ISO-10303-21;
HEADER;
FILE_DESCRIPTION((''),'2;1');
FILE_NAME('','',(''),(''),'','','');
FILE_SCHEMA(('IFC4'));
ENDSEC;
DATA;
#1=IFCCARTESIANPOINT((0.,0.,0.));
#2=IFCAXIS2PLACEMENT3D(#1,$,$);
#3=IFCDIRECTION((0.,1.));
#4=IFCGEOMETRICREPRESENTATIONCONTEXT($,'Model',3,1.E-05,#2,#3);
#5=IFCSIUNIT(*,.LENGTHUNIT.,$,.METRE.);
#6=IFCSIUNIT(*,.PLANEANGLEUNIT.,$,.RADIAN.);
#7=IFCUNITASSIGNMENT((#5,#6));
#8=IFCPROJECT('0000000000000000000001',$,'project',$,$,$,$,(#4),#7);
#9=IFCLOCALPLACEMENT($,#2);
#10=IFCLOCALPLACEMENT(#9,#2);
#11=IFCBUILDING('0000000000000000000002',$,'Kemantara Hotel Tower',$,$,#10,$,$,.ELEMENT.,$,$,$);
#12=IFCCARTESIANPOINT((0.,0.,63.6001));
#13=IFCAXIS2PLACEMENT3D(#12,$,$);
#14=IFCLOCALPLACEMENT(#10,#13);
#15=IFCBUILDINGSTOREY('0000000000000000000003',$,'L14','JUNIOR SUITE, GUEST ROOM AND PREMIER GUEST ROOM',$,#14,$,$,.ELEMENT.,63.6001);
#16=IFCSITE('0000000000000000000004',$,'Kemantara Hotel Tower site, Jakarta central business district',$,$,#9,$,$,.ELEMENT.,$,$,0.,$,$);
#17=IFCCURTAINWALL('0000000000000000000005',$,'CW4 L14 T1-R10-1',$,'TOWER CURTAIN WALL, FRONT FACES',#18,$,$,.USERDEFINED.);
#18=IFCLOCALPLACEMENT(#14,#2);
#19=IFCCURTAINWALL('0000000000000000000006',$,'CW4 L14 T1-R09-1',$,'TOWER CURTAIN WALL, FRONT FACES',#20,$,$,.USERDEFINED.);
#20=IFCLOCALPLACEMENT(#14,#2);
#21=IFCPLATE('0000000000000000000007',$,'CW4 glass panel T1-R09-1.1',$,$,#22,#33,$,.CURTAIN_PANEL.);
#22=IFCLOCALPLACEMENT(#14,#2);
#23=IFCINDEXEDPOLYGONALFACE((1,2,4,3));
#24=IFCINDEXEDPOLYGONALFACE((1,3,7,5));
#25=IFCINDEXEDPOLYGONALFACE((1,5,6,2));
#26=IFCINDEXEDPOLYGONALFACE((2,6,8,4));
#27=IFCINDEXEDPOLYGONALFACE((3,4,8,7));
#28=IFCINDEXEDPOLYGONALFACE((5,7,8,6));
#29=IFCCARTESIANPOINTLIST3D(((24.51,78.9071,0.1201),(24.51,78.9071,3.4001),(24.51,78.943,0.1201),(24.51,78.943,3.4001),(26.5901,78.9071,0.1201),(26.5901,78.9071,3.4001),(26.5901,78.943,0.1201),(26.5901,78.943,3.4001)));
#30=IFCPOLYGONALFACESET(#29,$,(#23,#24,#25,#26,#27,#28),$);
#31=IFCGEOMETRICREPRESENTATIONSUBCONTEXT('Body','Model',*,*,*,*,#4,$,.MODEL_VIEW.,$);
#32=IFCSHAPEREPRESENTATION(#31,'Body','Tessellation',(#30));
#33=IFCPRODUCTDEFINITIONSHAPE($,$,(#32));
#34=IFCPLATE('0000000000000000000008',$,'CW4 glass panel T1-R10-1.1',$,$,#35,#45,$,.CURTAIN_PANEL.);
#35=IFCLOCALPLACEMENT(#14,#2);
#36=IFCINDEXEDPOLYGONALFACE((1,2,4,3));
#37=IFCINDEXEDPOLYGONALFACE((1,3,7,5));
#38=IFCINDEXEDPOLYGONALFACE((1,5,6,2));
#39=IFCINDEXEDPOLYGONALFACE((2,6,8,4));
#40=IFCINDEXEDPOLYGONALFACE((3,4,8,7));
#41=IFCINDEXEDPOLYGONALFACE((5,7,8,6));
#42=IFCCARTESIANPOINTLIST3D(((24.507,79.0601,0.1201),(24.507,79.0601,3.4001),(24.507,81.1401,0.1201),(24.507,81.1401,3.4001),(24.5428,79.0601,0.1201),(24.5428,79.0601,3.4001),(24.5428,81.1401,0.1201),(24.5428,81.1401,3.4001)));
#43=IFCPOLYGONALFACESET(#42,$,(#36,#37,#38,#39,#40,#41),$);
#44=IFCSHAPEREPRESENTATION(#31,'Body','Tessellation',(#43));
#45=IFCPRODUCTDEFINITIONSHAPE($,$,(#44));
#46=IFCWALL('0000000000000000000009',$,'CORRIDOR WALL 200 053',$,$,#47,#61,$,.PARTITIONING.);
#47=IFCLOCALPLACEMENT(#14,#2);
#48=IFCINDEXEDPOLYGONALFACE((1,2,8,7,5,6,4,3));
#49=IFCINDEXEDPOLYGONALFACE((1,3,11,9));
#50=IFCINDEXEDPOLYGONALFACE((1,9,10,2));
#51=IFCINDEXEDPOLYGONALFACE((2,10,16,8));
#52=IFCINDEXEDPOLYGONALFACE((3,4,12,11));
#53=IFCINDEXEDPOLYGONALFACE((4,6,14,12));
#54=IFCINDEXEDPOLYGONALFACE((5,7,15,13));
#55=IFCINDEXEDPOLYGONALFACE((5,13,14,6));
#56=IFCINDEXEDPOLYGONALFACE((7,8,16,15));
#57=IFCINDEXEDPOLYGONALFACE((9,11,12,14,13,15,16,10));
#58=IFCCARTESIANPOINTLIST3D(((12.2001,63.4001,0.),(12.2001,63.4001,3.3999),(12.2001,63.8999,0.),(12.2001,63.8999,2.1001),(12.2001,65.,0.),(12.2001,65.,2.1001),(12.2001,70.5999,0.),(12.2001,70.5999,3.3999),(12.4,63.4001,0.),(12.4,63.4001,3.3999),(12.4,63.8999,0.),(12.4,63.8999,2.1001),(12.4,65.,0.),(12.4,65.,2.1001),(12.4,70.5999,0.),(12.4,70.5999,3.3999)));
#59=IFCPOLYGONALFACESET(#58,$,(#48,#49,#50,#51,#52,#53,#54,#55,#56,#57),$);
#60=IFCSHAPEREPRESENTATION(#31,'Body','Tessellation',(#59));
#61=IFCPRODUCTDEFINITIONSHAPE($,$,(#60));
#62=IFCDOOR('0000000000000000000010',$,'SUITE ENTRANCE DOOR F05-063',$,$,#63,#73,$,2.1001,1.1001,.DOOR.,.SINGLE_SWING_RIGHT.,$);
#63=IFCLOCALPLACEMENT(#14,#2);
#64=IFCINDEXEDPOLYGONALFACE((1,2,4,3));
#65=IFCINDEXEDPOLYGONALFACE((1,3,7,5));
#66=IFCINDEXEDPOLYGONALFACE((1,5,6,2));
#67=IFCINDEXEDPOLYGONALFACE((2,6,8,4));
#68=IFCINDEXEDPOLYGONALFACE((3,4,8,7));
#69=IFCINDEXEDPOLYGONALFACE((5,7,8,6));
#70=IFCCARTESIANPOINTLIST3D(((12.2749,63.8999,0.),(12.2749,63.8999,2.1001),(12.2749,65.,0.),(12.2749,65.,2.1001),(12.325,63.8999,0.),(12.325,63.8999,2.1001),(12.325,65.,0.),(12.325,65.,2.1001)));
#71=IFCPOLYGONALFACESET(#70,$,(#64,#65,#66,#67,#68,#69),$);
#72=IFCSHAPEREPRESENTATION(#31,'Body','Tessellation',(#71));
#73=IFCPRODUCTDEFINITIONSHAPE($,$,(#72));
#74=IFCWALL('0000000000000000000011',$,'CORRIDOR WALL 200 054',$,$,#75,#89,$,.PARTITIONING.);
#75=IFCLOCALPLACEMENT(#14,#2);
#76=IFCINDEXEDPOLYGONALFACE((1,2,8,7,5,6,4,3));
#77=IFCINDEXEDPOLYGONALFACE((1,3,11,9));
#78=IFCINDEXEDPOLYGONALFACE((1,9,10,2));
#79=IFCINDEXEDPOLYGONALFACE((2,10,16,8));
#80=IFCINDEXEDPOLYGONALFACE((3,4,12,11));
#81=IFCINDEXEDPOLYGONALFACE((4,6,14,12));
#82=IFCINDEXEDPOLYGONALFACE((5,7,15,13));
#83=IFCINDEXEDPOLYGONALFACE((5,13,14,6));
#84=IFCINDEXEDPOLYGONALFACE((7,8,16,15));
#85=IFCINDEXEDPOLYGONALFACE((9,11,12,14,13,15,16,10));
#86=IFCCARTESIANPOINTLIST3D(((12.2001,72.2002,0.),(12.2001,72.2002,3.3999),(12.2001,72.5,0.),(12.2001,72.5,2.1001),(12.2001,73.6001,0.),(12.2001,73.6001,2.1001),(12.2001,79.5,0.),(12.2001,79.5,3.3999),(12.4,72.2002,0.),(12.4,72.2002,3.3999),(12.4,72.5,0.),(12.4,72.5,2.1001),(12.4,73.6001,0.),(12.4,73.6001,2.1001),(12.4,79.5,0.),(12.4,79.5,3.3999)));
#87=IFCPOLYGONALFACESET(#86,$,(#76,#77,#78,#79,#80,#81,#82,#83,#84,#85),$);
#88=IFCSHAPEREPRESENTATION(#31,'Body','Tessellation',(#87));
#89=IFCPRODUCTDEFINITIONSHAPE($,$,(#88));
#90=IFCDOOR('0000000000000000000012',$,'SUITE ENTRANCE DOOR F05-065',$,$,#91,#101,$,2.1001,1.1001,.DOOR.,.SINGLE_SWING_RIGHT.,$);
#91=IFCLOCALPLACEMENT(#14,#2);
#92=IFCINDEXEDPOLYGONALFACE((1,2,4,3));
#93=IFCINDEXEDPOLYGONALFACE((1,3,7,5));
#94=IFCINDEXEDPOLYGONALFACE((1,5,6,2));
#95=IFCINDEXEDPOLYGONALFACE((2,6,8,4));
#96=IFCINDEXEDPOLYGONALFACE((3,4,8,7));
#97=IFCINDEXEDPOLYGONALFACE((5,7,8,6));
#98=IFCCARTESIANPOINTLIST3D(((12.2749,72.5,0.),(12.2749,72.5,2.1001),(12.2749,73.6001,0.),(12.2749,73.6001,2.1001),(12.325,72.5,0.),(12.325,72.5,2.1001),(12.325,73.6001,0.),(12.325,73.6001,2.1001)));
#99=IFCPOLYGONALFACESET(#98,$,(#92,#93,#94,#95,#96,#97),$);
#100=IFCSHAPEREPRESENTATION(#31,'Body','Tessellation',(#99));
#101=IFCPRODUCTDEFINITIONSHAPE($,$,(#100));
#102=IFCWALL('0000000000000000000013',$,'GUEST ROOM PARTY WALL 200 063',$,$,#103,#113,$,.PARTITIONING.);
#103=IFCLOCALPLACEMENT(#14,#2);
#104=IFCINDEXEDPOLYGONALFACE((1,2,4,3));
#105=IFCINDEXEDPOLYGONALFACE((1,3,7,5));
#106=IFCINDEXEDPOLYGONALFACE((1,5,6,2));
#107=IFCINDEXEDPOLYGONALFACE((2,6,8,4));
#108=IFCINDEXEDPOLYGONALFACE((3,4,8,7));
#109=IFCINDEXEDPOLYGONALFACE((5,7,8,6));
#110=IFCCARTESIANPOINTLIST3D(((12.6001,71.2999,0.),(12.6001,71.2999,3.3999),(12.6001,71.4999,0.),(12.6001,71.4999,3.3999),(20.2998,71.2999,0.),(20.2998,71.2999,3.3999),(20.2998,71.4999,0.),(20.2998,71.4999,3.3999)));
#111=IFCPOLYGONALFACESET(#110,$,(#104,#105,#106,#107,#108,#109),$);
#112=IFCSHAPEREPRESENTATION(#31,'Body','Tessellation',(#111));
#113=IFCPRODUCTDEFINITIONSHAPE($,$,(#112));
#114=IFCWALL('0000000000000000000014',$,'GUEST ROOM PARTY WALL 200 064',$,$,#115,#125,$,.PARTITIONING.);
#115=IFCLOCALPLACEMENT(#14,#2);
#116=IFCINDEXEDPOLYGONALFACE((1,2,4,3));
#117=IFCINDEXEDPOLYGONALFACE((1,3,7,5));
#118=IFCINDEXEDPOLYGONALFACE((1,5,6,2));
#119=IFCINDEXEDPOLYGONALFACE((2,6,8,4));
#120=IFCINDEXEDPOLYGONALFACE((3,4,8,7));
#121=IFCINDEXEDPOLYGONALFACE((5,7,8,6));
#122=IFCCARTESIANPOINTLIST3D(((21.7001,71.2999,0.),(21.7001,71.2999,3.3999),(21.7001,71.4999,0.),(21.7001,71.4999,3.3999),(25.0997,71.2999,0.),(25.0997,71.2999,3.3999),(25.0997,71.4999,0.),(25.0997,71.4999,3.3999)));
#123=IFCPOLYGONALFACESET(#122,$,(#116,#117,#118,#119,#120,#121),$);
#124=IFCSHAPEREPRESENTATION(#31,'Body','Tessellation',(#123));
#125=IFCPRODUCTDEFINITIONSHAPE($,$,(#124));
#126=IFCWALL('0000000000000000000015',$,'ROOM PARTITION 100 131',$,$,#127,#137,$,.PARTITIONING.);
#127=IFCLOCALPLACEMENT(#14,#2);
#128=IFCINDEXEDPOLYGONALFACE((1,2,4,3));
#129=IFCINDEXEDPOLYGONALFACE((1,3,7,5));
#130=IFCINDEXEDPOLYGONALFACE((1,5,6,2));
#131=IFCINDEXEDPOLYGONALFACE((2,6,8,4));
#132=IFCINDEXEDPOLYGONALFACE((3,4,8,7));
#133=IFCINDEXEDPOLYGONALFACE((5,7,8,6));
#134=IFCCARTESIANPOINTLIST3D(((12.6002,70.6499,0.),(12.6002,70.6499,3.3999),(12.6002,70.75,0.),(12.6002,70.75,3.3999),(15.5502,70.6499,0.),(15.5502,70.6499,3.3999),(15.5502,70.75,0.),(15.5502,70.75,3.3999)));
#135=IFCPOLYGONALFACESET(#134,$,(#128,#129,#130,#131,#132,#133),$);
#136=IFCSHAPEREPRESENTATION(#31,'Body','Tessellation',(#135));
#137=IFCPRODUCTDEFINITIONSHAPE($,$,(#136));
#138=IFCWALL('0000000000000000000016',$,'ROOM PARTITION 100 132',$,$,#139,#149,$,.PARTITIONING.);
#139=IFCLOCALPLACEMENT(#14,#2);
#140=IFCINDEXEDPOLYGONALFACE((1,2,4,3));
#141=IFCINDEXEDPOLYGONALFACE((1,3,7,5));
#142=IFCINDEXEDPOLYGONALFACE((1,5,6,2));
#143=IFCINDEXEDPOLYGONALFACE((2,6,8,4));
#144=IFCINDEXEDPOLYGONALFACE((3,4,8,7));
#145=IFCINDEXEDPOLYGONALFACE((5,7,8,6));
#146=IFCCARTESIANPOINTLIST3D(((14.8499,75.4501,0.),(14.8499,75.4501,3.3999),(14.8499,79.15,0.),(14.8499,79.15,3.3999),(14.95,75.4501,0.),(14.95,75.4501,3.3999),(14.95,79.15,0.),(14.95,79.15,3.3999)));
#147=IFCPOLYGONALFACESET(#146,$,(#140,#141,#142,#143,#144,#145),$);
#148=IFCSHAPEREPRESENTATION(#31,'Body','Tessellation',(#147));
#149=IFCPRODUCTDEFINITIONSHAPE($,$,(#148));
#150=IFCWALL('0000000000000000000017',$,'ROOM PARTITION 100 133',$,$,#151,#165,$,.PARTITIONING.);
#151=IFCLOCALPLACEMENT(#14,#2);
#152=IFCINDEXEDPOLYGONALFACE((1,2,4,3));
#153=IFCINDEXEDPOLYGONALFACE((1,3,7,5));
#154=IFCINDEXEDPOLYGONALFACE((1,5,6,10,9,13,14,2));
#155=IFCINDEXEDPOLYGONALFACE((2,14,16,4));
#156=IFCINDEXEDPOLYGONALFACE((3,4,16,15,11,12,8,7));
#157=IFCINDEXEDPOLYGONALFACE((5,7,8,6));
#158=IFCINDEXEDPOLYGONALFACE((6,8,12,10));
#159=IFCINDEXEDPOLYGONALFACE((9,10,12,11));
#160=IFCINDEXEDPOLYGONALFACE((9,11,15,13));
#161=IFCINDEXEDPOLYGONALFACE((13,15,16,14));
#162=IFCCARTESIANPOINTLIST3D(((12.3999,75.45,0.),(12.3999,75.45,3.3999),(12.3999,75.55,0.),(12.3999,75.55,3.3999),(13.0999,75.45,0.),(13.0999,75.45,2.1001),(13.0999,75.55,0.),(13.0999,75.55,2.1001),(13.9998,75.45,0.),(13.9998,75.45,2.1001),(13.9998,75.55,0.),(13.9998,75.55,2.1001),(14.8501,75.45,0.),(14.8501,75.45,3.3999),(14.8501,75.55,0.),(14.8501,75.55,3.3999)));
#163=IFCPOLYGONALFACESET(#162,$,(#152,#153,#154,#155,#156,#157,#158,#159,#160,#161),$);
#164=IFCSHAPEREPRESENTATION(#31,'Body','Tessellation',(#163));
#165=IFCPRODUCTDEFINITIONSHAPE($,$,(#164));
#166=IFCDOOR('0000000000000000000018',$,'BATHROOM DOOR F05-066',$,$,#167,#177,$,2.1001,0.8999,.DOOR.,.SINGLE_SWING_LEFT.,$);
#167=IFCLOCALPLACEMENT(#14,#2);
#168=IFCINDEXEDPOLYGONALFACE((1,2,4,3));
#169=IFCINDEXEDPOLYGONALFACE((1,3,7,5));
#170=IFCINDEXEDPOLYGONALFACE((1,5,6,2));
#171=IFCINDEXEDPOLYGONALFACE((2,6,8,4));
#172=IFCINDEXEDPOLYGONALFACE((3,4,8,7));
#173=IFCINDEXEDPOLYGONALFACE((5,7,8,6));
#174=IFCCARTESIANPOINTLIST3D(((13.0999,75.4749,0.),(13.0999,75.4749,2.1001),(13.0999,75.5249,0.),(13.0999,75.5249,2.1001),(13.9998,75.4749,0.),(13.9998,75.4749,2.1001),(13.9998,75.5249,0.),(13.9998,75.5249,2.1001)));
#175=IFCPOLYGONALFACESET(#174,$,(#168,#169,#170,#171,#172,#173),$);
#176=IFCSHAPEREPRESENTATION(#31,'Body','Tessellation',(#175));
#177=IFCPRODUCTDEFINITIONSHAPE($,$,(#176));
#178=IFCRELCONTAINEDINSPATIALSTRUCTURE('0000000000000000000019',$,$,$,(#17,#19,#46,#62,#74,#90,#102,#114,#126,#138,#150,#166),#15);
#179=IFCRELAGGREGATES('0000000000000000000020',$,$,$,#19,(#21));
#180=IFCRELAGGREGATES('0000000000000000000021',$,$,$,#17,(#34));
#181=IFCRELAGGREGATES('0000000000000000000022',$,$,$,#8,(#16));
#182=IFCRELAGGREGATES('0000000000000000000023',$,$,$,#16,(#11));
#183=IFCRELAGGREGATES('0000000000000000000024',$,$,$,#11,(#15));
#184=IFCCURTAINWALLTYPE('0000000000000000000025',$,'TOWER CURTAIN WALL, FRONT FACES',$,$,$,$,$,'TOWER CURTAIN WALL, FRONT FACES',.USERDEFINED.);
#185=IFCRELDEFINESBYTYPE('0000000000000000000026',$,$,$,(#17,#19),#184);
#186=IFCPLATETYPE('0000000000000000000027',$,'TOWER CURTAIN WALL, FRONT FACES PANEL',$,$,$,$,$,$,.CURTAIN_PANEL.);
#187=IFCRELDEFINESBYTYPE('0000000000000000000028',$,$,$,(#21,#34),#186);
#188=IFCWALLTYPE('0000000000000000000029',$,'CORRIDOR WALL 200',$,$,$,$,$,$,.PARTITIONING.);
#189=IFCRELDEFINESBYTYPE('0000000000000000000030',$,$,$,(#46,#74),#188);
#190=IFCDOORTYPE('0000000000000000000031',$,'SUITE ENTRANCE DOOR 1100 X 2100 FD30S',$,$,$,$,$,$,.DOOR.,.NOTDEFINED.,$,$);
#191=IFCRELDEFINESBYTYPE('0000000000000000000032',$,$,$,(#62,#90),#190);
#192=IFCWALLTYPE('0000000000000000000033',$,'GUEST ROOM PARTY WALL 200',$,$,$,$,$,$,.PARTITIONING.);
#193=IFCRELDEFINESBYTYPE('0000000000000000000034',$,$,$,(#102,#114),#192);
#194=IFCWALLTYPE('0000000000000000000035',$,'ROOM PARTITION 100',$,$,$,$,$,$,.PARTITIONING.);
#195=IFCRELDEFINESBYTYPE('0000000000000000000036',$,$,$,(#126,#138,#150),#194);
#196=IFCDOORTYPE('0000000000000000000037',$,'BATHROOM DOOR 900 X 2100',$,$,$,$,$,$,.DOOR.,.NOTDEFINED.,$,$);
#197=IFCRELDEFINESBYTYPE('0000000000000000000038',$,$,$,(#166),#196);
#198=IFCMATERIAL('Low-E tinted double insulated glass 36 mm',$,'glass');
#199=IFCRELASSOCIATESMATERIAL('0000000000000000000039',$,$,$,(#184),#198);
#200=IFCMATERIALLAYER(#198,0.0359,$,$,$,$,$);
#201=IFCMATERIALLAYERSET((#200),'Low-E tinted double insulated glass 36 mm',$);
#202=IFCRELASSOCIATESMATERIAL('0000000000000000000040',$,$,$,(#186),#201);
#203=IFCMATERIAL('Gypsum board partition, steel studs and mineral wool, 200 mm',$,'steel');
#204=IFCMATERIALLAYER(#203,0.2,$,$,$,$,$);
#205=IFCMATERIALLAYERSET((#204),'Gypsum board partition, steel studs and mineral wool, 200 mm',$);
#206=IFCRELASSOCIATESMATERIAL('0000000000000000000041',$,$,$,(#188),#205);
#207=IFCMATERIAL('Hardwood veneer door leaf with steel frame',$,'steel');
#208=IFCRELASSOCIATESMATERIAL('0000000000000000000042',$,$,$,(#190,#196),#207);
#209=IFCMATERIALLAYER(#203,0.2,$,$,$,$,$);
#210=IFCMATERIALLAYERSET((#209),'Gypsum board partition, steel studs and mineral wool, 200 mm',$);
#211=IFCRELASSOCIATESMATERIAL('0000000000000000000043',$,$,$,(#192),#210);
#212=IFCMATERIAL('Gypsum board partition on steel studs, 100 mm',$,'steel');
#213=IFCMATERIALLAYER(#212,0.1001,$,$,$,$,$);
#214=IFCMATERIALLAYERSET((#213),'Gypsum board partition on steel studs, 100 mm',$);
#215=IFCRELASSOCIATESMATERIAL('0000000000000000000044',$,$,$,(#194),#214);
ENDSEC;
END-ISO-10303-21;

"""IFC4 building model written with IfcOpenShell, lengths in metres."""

from ifc_helpers import new_model, si_unit, direction, frame, frame_2d, origin, origin_2d, place, context, subcontext, project, spatial, rectangle, extrude, source, transform, mapped, material, layer, layer_set, type_object, element, fill, aggregate, save


model = new_model("IFC4")

# Units and contexts
model_context = context("Model", 3, precision=1e-05, world=origin(), true_north=direction((0.0, 1.0)))
body_context = subcontext(model_context, "Body", "Model", "MODEL_VIEW")
ifc_project = project(units=[si_unit("LENGTHUNIT", "METRE"), si_unit("PLANEANGLEUNIT", "RADIAN")], contexts=[model_context])

# Site, building, storey
site_placement = place(None, origin())
site = spatial("IfcSite", under=ifc_project, at=site_placement, Name="Kemantara Hotel Tower site, Jakarta central business district", CompositionType="ELEMENT", RefElevation=0.0)
building_placement = place(site_placement, origin())
building = spatial("IfcBuilding", under=site, at=building_placement, Name="Kemantara Hotel Tower", CompositionType="ELEMENT")
storey_placement = place(building_placement, frame((0.0, 0.0, 63.6001)))
storey = spatial("IfcBuildingStorey", under=building, at=storey_placement, Name="L14", Description="JUNIOR SUITE, GUEST ROOM AND PREMIER GUEST ROOM", CompositionType="ELEMENT", Elevation=63.6001)

# Curtain wall
ifc_material_1 = material(Name="Low-E tinted double insulated glass 36 mm", Category="glass")
curtain_wall_type = type_object("IfcCurtainWallType", Name="TOWER CURTAIN WALL, FRONT FACES", ElementType="TOWER CURTAIN WALL, FRONT FACES", PredefinedType="USERDEFINED", material=ifc_material_1)
curtain_wall_1_placement = place(storey_placement, origin())
curtain_wall_1 = element("IfcCurtainWall", 1, at=curtain_wall_1_placement, inside=storey, type_object=curtain_wall_type, Name="CW4 L14 T1-R10-1", ObjectType="TOWER CURTAIN WALL, FRONT FACES", PredefinedType="USERDEFINED")

# Curtain wall
curtain_wall_2_placement = place(storey_placement, origin())
curtain_wall_2 = element("IfcCurtainWall", 2, at=curtain_wall_2_placement, inside=storey, type_object=curtain_wall_type, Name="CW4 L14 T1-R09-1", ObjectType="TOWER CURTAIN WALL, FRONT FACES", PredefinedType="USERDEFINED")

# Plates
ifc_layer_1 = layer(ifc_material_1, 0.0359)
ifc_layer_set_1 = layer_set([ifc_layer_1], Name="Low-E tinted double insulated glass 36 mm")
plate_type = type_object("IfcPlateType", Name="TOWER CURTAIN WALL, FRONT FACES PANEL", PredefinedType="CURTAIN_PANEL", material=ifc_layer_set_1)
shared_shape_1 = source(origin(), body_context, "Body", "SweptSolid", [
    extrude(rectangle(XDim=2.0801, YDim=0.0359, at=origin_2d()), origin(), (0.0, 0.0, 1.0), 3.28),
])
plate_1_placement = place(storey_placement, frame((25.55, 78.925, 0.1201), z_axis=(0.0, 0.0, 1.0), x_axis=(-1.0, 0.0, 0.0)))
plate_1 = element("IfcPlate", 3, at=plate_1_placement, type_object=plate_type, Name="CW4 glass panel T1-R09-1.1", PredefinedType="CURTAIN_PANEL", context=body_context, shape_type="MappedRepresentation", body=[
    mapped(shared_shape_1, transform((0.0, 0.0, 0.0))),
])
aggregate(curtain_wall_2, [plate_1])
plate_2_placement = place(storey_placement, frame((24.5249, 80.1001, 0.1201), z_axis=(0.0, 0.0, 1.0), x_axis=(0.0, 1.0, 0.0)))
plate_2 = element("IfcPlate", 4, at=plate_2_placement, type_object=plate_type, Name="CW4 glass panel T1-R10-1.1", PredefinedType="CURTAIN_PANEL", context=body_context, shape_type="MappedRepresentation", body=[
    mapped(shared_shape_1, transform((0.0, 0.0, 0.0))),
])
aggregate(curtain_wall_1, [plate_2])

# Walls, openings, doors
ifc_material_2 = material(Name="Gypsum board partition, steel studs and mineral wool, 200 mm", Category="steel")
ifc_layer_2 = layer(ifc_material_2, 0.2)
ifc_layer_set_2 = layer_set([ifc_layer_2], Name="Gypsum board partition, steel studs and mineral wool, 200 mm")
wall_type_1 = type_object("IfcWallType", Name="CORRIDOR WALL 200", PredefinedType="PARTITIONING", material=ifc_layer_set_2)
wall_1_placement = place(storey_placement, frame((12.3, 70.5999, 0.0), z_axis=(0.0, 0.0, 1.0), x_axis=(0.0, -1.0, 0.0)))
wall_1 = element("IfcWall", 5, at=wall_1_placement, inside=storey, type_object=wall_type_1, Name="CORRIDOR WALL 200 053", PredefinedType="PARTITIONING", context=body_context, shape_type="SweptSolid", body=[
    extrude(rectangle(XDim=7.1997, YDim=0.2, at=frame_2d((3.5999, 0.0))), origin(), (0.0, 0.0, 1.0), 3.3999),
])
opening_1_placement = place(wall_1_placement, frame((5.5999, 0.0, 0.0)))
opening_1 = element("IfcOpeningElement", 6, at=opening_1_placement, cuts=wall_1, PredefinedType="OPENING", context=body_context, shape_type="SweptSolid", body=[
    extrude(rectangle(XDim=1.1001, YDim=2.1001, at=frame_2d((0.55, 1.05))), frame((0.0, 0.1099, 0.0), z_axis=(0.0, -1.0, 0.0), x_axis=(1.0, 0.0, 0.0)), (0.0, 0.0, 1.0), 0.22),
])
ifc_material_3 = material(Name="Hardwood veneer door leaf with steel frame", Category="steel")
door_type_1 = type_object("IfcDoorType", Name="SUITE ENTRANCE DOOR 1100 X 2100 FD30S", OperationType="NOTDEFINED", PredefinedType="DOOR", material=ifc_material_3)
door_1_placement = place(opening_1_placement, origin())
door_1 = element("IfcDoor", 7, at=door_1_placement, inside=storey, type_object=door_type_1, Name="SUITE ENTRANCE DOOR F05-063", OperationType="SINGLE_SWING_RIGHT", OverallHeight=2.1001, OverallWidth=1.1001, PredefinedType="DOOR", context=body_context, shape_type="SweptSolid", body=[
    extrude(rectangle(XDim=1.1001, YDim=2.1001, at=frame_2d((0.55, 1.05))), frame((0.0, 0.0249, 0.0), z_axis=(0.0, -1.0, 0.0), x_axis=(1.0, 0.0, 0.0)), (0.0, 0.0, 1.0), 0.05),
])
fill(opening_1, door_1)
wall_2_placement = place(storey_placement, frame((12.3, 79.5, 0.0), z_axis=(0.0, 0.0, 1.0), x_axis=(0.0, -1.0, 0.0)))
wall_2 = element("IfcWall", 8, at=wall_2_placement, inside=storey, type_object=wall_type_1, Name="CORRIDOR WALL 200 054", PredefinedType="PARTITIONING", context=body_context, shape_type="SweptSolid", body=[
    extrude(rectangle(XDim=7.2998, YDim=0.2, at=frame_2d((3.6499, 0.0))), origin(), (0.0, 0.0, 1.0), 3.3999),
])
opening_2_placement = place(wall_2_placement, frame((5.8999, 0.0, 0.0)))
opening_2 = element("IfcOpeningElement", 9, at=opening_2_placement, cuts=wall_2, PredefinedType="OPENING", context=body_context, shape_type="SweptSolid", body=[
    extrude(rectangle(XDim=1.1001, YDim=2.1001, at=frame_2d((0.55, 1.05))), frame((0.0, 0.1099, 0.0), z_axis=(0.0, -1.0, 0.0), x_axis=(1.0, 0.0, 0.0)), (0.0, 0.0, 1.0), 0.22),
])
door_2_placement = place(opening_2_placement, origin())
door_2 = element("IfcDoor", 10, at=door_2_placement, inside=storey, type_object=door_type_1, Name="SUITE ENTRANCE DOOR F05-065", OperationType="SINGLE_SWING_RIGHT", OverallHeight=2.1001, OverallWidth=1.1001, PredefinedType="DOOR", context=body_context, shape_type="SweptSolid", body=[
    extrude(rectangle(XDim=1.1001, YDim=2.1001, at=frame_2d((0.55, 1.05))), frame((0.0, 0.0249, 0.0), z_axis=(0.0, -1.0, 0.0), x_axis=(1.0, 0.0, 0.0)), (0.0, 0.0, 1.0), 0.05),
])
fill(opening_2, door_2)

# Walls
ifc_layer_3 = layer(ifc_material_2, 0.2)
ifc_layer_set_3 = layer_set([ifc_layer_3], Name="Gypsum board partition, steel studs and mineral wool, 200 mm")
wall_type_2 = type_object("IfcWallType", Name="GUEST ROOM PARTY WALL 200", PredefinedType="PARTITIONING", material=ifc_layer_set_3)
wall_3_placement = place(storey_placement, frame((12.6001, 71.3999, 0.0), z_axis=(0.0, 0.0, 1.0), x_axis=(1.0, 0.0, 0.0)))
element("IfcWall", 11, at=wall_3_placement, inside=storey, type_object=wall_type_2, Name="GUEST ROOM PARTY WALL 200 063", PredefinedType="PARTITIONING", context=body_context, shape_type="SweptSolid", body=[
    extrude(rectangle(XDim=7.6997, YDim=0.2, at=frame_2d((3.8499, 0.0))), origin(), (0.0, 0.0, 1.0), 3.3999),
])
wall_4_placement = place(storey_placement, frame((21.7002, 71.3999, 0.0), z_axis=(0.0, 0.0, 1.0), x_axis=(1.0, 0.0, 0.0)))
element("IfcWall", 12, at=wall_4_placement, inside=storey, type_object=wall_type_2, Name="GUEST ROOM PARTY WALL 200 064", PredefinedType="PARTITIONING", context=body_context, shape_type="SweptSolid", body=[
    extrude(rectangle(XDim=3.3997, YDim=0.2, at=frame_2d((1.6997, 0.0))), origin(), (0.0, 0.0, 1.0), 3.3999),
])
ifc_material_4 = material(Name="Gypsum board partition on steel studs, 100 mm", Category="steel")
ifc_layer_4 = layer(ifc_material_4, 0.1001)
ifc_layer_set_4 = layer_set([ifc_layer_4], Name="Gypsum board partition on steel studs, 100 mm")
wall_type_3 = type_object("IfcWallType", Name="ROOM PARTITION 100", PredefinedType="PARTITIONING", material=ifc_layer_set_4)
wall_5_placement = place(storey_placement, frame((12.6001, 70.7, 0.0), z_axis=(0.0, 0.0, 1.0), x_axis=(1.0, 0.0, 0.0)))
element("IfcWall", 13, at=wall_5_placement, inside=storey, type_object=wall_type_3, Name="ROOM PARTITION 100 131", PredefinedType="PARTITIONING", context=body_context, shape_type="SweptSolid", body=[
    extrude(rectangle(XDim=2.95, YDim=0.1001, at=frame_2d((1.4751, 0.0))), origin(), (0.0, 0.0, 1.0), 3.3999),
])
wall_6_placement = place(storey_placement, frame((14.8999, 75.45, 0.0), z_axis=(0.0, 0.0, 1.0), x_axis=(0.0, 1.0, 0.0)))
element("IfcWall", 14, at=wall_6_placement, inside=storey, type_object=wall_type_3, Name="ROOM PARTITION 100 132", PredefinedType="PARTITIONING", context=body_context, shape_type="SweptSolid", body=[
    extrude(rectangle(XDim=3.7, YDim=0.1001, at=frame_2d((1.8501, 0.0))), origin(), (0.0, 0.0, 1.0), 3.3999),
])

# Wall, opening, door
wall_7_placement = place(storey_placement, frame((12.3999, 75.5, 0.0), z_axis=(0.0, 0.0, 1.0), x_axis=(1.0, 0.0, 0.0)))
wall_7 = element("IfcWall", 15, at=wall_7_placement, inside=storey, type_object=wall_type_3, Name="ROOM PARTITION 100 133", PredefinedType="PARTITIONING", context=body_context, shape_type="SweptSolid", body=[
    extrude(rectangle(XDim=2.4502, YDim=0.1001, at=frame_2d((1.2251, 0.0))), origin(), (0.0, 0.0, 1.0), 3.3999),
])
opening_3_placement = place(wall_7_placement, frame((0.7, 0.0, 0.0)))
opening_3 = element("IfcOpeningElement", 16, at=opening_3_placement, cuts=wall_7, PredefinedType="OPENING", context=body_context, shape_type="SweptSolid", body=[
    extrude(rectangle(XDim=0.8999, YDim=2.1001, at=frame_2d((0.45, 1.05))), frame((0.0, 0.0601, 0.0), z_axis=(0.0, -1.0, 0.0), x_axis=(1.0, 0.0, 0.0)), (0.0, 0.0, 1.0), 0.1201),
])
door_type_2 = type_object("IfcDoorType", Name="BATHROOM DOOR 900 X 2100", OperationType="NOTDEFINED", PredefinedType="DOOR", material=ifc_material_3)
door_3_placement = place(opening_3_placement, origin())
door_3 = element("IfcDoor", 17, at=door_3_placement, inside=storey, type_object=door_type_2, Name="BATHROOM DOOR F05-066", OperationType="SINGLE_SWING_LEFT", OverallHeight=2.1001, OverallWidth=0.8999, PredefinedType="DOOR", context=body_context, shape_type="SweptSolid", body=[
    extrude(rectangle(XDim=0.8999, YDim=2.1001, at=frame_2d((0.45, 1.05))), frame((0.0, 0.0249, 0.0), z_axis=(0.0, -1.0, 0.0), x_axis=(1.0, 0.0, 0.0)), (0.0, 0.0, 1.0), 0.05),
])
fill(opening_3, door_3)

save(model, "model.ifc")
